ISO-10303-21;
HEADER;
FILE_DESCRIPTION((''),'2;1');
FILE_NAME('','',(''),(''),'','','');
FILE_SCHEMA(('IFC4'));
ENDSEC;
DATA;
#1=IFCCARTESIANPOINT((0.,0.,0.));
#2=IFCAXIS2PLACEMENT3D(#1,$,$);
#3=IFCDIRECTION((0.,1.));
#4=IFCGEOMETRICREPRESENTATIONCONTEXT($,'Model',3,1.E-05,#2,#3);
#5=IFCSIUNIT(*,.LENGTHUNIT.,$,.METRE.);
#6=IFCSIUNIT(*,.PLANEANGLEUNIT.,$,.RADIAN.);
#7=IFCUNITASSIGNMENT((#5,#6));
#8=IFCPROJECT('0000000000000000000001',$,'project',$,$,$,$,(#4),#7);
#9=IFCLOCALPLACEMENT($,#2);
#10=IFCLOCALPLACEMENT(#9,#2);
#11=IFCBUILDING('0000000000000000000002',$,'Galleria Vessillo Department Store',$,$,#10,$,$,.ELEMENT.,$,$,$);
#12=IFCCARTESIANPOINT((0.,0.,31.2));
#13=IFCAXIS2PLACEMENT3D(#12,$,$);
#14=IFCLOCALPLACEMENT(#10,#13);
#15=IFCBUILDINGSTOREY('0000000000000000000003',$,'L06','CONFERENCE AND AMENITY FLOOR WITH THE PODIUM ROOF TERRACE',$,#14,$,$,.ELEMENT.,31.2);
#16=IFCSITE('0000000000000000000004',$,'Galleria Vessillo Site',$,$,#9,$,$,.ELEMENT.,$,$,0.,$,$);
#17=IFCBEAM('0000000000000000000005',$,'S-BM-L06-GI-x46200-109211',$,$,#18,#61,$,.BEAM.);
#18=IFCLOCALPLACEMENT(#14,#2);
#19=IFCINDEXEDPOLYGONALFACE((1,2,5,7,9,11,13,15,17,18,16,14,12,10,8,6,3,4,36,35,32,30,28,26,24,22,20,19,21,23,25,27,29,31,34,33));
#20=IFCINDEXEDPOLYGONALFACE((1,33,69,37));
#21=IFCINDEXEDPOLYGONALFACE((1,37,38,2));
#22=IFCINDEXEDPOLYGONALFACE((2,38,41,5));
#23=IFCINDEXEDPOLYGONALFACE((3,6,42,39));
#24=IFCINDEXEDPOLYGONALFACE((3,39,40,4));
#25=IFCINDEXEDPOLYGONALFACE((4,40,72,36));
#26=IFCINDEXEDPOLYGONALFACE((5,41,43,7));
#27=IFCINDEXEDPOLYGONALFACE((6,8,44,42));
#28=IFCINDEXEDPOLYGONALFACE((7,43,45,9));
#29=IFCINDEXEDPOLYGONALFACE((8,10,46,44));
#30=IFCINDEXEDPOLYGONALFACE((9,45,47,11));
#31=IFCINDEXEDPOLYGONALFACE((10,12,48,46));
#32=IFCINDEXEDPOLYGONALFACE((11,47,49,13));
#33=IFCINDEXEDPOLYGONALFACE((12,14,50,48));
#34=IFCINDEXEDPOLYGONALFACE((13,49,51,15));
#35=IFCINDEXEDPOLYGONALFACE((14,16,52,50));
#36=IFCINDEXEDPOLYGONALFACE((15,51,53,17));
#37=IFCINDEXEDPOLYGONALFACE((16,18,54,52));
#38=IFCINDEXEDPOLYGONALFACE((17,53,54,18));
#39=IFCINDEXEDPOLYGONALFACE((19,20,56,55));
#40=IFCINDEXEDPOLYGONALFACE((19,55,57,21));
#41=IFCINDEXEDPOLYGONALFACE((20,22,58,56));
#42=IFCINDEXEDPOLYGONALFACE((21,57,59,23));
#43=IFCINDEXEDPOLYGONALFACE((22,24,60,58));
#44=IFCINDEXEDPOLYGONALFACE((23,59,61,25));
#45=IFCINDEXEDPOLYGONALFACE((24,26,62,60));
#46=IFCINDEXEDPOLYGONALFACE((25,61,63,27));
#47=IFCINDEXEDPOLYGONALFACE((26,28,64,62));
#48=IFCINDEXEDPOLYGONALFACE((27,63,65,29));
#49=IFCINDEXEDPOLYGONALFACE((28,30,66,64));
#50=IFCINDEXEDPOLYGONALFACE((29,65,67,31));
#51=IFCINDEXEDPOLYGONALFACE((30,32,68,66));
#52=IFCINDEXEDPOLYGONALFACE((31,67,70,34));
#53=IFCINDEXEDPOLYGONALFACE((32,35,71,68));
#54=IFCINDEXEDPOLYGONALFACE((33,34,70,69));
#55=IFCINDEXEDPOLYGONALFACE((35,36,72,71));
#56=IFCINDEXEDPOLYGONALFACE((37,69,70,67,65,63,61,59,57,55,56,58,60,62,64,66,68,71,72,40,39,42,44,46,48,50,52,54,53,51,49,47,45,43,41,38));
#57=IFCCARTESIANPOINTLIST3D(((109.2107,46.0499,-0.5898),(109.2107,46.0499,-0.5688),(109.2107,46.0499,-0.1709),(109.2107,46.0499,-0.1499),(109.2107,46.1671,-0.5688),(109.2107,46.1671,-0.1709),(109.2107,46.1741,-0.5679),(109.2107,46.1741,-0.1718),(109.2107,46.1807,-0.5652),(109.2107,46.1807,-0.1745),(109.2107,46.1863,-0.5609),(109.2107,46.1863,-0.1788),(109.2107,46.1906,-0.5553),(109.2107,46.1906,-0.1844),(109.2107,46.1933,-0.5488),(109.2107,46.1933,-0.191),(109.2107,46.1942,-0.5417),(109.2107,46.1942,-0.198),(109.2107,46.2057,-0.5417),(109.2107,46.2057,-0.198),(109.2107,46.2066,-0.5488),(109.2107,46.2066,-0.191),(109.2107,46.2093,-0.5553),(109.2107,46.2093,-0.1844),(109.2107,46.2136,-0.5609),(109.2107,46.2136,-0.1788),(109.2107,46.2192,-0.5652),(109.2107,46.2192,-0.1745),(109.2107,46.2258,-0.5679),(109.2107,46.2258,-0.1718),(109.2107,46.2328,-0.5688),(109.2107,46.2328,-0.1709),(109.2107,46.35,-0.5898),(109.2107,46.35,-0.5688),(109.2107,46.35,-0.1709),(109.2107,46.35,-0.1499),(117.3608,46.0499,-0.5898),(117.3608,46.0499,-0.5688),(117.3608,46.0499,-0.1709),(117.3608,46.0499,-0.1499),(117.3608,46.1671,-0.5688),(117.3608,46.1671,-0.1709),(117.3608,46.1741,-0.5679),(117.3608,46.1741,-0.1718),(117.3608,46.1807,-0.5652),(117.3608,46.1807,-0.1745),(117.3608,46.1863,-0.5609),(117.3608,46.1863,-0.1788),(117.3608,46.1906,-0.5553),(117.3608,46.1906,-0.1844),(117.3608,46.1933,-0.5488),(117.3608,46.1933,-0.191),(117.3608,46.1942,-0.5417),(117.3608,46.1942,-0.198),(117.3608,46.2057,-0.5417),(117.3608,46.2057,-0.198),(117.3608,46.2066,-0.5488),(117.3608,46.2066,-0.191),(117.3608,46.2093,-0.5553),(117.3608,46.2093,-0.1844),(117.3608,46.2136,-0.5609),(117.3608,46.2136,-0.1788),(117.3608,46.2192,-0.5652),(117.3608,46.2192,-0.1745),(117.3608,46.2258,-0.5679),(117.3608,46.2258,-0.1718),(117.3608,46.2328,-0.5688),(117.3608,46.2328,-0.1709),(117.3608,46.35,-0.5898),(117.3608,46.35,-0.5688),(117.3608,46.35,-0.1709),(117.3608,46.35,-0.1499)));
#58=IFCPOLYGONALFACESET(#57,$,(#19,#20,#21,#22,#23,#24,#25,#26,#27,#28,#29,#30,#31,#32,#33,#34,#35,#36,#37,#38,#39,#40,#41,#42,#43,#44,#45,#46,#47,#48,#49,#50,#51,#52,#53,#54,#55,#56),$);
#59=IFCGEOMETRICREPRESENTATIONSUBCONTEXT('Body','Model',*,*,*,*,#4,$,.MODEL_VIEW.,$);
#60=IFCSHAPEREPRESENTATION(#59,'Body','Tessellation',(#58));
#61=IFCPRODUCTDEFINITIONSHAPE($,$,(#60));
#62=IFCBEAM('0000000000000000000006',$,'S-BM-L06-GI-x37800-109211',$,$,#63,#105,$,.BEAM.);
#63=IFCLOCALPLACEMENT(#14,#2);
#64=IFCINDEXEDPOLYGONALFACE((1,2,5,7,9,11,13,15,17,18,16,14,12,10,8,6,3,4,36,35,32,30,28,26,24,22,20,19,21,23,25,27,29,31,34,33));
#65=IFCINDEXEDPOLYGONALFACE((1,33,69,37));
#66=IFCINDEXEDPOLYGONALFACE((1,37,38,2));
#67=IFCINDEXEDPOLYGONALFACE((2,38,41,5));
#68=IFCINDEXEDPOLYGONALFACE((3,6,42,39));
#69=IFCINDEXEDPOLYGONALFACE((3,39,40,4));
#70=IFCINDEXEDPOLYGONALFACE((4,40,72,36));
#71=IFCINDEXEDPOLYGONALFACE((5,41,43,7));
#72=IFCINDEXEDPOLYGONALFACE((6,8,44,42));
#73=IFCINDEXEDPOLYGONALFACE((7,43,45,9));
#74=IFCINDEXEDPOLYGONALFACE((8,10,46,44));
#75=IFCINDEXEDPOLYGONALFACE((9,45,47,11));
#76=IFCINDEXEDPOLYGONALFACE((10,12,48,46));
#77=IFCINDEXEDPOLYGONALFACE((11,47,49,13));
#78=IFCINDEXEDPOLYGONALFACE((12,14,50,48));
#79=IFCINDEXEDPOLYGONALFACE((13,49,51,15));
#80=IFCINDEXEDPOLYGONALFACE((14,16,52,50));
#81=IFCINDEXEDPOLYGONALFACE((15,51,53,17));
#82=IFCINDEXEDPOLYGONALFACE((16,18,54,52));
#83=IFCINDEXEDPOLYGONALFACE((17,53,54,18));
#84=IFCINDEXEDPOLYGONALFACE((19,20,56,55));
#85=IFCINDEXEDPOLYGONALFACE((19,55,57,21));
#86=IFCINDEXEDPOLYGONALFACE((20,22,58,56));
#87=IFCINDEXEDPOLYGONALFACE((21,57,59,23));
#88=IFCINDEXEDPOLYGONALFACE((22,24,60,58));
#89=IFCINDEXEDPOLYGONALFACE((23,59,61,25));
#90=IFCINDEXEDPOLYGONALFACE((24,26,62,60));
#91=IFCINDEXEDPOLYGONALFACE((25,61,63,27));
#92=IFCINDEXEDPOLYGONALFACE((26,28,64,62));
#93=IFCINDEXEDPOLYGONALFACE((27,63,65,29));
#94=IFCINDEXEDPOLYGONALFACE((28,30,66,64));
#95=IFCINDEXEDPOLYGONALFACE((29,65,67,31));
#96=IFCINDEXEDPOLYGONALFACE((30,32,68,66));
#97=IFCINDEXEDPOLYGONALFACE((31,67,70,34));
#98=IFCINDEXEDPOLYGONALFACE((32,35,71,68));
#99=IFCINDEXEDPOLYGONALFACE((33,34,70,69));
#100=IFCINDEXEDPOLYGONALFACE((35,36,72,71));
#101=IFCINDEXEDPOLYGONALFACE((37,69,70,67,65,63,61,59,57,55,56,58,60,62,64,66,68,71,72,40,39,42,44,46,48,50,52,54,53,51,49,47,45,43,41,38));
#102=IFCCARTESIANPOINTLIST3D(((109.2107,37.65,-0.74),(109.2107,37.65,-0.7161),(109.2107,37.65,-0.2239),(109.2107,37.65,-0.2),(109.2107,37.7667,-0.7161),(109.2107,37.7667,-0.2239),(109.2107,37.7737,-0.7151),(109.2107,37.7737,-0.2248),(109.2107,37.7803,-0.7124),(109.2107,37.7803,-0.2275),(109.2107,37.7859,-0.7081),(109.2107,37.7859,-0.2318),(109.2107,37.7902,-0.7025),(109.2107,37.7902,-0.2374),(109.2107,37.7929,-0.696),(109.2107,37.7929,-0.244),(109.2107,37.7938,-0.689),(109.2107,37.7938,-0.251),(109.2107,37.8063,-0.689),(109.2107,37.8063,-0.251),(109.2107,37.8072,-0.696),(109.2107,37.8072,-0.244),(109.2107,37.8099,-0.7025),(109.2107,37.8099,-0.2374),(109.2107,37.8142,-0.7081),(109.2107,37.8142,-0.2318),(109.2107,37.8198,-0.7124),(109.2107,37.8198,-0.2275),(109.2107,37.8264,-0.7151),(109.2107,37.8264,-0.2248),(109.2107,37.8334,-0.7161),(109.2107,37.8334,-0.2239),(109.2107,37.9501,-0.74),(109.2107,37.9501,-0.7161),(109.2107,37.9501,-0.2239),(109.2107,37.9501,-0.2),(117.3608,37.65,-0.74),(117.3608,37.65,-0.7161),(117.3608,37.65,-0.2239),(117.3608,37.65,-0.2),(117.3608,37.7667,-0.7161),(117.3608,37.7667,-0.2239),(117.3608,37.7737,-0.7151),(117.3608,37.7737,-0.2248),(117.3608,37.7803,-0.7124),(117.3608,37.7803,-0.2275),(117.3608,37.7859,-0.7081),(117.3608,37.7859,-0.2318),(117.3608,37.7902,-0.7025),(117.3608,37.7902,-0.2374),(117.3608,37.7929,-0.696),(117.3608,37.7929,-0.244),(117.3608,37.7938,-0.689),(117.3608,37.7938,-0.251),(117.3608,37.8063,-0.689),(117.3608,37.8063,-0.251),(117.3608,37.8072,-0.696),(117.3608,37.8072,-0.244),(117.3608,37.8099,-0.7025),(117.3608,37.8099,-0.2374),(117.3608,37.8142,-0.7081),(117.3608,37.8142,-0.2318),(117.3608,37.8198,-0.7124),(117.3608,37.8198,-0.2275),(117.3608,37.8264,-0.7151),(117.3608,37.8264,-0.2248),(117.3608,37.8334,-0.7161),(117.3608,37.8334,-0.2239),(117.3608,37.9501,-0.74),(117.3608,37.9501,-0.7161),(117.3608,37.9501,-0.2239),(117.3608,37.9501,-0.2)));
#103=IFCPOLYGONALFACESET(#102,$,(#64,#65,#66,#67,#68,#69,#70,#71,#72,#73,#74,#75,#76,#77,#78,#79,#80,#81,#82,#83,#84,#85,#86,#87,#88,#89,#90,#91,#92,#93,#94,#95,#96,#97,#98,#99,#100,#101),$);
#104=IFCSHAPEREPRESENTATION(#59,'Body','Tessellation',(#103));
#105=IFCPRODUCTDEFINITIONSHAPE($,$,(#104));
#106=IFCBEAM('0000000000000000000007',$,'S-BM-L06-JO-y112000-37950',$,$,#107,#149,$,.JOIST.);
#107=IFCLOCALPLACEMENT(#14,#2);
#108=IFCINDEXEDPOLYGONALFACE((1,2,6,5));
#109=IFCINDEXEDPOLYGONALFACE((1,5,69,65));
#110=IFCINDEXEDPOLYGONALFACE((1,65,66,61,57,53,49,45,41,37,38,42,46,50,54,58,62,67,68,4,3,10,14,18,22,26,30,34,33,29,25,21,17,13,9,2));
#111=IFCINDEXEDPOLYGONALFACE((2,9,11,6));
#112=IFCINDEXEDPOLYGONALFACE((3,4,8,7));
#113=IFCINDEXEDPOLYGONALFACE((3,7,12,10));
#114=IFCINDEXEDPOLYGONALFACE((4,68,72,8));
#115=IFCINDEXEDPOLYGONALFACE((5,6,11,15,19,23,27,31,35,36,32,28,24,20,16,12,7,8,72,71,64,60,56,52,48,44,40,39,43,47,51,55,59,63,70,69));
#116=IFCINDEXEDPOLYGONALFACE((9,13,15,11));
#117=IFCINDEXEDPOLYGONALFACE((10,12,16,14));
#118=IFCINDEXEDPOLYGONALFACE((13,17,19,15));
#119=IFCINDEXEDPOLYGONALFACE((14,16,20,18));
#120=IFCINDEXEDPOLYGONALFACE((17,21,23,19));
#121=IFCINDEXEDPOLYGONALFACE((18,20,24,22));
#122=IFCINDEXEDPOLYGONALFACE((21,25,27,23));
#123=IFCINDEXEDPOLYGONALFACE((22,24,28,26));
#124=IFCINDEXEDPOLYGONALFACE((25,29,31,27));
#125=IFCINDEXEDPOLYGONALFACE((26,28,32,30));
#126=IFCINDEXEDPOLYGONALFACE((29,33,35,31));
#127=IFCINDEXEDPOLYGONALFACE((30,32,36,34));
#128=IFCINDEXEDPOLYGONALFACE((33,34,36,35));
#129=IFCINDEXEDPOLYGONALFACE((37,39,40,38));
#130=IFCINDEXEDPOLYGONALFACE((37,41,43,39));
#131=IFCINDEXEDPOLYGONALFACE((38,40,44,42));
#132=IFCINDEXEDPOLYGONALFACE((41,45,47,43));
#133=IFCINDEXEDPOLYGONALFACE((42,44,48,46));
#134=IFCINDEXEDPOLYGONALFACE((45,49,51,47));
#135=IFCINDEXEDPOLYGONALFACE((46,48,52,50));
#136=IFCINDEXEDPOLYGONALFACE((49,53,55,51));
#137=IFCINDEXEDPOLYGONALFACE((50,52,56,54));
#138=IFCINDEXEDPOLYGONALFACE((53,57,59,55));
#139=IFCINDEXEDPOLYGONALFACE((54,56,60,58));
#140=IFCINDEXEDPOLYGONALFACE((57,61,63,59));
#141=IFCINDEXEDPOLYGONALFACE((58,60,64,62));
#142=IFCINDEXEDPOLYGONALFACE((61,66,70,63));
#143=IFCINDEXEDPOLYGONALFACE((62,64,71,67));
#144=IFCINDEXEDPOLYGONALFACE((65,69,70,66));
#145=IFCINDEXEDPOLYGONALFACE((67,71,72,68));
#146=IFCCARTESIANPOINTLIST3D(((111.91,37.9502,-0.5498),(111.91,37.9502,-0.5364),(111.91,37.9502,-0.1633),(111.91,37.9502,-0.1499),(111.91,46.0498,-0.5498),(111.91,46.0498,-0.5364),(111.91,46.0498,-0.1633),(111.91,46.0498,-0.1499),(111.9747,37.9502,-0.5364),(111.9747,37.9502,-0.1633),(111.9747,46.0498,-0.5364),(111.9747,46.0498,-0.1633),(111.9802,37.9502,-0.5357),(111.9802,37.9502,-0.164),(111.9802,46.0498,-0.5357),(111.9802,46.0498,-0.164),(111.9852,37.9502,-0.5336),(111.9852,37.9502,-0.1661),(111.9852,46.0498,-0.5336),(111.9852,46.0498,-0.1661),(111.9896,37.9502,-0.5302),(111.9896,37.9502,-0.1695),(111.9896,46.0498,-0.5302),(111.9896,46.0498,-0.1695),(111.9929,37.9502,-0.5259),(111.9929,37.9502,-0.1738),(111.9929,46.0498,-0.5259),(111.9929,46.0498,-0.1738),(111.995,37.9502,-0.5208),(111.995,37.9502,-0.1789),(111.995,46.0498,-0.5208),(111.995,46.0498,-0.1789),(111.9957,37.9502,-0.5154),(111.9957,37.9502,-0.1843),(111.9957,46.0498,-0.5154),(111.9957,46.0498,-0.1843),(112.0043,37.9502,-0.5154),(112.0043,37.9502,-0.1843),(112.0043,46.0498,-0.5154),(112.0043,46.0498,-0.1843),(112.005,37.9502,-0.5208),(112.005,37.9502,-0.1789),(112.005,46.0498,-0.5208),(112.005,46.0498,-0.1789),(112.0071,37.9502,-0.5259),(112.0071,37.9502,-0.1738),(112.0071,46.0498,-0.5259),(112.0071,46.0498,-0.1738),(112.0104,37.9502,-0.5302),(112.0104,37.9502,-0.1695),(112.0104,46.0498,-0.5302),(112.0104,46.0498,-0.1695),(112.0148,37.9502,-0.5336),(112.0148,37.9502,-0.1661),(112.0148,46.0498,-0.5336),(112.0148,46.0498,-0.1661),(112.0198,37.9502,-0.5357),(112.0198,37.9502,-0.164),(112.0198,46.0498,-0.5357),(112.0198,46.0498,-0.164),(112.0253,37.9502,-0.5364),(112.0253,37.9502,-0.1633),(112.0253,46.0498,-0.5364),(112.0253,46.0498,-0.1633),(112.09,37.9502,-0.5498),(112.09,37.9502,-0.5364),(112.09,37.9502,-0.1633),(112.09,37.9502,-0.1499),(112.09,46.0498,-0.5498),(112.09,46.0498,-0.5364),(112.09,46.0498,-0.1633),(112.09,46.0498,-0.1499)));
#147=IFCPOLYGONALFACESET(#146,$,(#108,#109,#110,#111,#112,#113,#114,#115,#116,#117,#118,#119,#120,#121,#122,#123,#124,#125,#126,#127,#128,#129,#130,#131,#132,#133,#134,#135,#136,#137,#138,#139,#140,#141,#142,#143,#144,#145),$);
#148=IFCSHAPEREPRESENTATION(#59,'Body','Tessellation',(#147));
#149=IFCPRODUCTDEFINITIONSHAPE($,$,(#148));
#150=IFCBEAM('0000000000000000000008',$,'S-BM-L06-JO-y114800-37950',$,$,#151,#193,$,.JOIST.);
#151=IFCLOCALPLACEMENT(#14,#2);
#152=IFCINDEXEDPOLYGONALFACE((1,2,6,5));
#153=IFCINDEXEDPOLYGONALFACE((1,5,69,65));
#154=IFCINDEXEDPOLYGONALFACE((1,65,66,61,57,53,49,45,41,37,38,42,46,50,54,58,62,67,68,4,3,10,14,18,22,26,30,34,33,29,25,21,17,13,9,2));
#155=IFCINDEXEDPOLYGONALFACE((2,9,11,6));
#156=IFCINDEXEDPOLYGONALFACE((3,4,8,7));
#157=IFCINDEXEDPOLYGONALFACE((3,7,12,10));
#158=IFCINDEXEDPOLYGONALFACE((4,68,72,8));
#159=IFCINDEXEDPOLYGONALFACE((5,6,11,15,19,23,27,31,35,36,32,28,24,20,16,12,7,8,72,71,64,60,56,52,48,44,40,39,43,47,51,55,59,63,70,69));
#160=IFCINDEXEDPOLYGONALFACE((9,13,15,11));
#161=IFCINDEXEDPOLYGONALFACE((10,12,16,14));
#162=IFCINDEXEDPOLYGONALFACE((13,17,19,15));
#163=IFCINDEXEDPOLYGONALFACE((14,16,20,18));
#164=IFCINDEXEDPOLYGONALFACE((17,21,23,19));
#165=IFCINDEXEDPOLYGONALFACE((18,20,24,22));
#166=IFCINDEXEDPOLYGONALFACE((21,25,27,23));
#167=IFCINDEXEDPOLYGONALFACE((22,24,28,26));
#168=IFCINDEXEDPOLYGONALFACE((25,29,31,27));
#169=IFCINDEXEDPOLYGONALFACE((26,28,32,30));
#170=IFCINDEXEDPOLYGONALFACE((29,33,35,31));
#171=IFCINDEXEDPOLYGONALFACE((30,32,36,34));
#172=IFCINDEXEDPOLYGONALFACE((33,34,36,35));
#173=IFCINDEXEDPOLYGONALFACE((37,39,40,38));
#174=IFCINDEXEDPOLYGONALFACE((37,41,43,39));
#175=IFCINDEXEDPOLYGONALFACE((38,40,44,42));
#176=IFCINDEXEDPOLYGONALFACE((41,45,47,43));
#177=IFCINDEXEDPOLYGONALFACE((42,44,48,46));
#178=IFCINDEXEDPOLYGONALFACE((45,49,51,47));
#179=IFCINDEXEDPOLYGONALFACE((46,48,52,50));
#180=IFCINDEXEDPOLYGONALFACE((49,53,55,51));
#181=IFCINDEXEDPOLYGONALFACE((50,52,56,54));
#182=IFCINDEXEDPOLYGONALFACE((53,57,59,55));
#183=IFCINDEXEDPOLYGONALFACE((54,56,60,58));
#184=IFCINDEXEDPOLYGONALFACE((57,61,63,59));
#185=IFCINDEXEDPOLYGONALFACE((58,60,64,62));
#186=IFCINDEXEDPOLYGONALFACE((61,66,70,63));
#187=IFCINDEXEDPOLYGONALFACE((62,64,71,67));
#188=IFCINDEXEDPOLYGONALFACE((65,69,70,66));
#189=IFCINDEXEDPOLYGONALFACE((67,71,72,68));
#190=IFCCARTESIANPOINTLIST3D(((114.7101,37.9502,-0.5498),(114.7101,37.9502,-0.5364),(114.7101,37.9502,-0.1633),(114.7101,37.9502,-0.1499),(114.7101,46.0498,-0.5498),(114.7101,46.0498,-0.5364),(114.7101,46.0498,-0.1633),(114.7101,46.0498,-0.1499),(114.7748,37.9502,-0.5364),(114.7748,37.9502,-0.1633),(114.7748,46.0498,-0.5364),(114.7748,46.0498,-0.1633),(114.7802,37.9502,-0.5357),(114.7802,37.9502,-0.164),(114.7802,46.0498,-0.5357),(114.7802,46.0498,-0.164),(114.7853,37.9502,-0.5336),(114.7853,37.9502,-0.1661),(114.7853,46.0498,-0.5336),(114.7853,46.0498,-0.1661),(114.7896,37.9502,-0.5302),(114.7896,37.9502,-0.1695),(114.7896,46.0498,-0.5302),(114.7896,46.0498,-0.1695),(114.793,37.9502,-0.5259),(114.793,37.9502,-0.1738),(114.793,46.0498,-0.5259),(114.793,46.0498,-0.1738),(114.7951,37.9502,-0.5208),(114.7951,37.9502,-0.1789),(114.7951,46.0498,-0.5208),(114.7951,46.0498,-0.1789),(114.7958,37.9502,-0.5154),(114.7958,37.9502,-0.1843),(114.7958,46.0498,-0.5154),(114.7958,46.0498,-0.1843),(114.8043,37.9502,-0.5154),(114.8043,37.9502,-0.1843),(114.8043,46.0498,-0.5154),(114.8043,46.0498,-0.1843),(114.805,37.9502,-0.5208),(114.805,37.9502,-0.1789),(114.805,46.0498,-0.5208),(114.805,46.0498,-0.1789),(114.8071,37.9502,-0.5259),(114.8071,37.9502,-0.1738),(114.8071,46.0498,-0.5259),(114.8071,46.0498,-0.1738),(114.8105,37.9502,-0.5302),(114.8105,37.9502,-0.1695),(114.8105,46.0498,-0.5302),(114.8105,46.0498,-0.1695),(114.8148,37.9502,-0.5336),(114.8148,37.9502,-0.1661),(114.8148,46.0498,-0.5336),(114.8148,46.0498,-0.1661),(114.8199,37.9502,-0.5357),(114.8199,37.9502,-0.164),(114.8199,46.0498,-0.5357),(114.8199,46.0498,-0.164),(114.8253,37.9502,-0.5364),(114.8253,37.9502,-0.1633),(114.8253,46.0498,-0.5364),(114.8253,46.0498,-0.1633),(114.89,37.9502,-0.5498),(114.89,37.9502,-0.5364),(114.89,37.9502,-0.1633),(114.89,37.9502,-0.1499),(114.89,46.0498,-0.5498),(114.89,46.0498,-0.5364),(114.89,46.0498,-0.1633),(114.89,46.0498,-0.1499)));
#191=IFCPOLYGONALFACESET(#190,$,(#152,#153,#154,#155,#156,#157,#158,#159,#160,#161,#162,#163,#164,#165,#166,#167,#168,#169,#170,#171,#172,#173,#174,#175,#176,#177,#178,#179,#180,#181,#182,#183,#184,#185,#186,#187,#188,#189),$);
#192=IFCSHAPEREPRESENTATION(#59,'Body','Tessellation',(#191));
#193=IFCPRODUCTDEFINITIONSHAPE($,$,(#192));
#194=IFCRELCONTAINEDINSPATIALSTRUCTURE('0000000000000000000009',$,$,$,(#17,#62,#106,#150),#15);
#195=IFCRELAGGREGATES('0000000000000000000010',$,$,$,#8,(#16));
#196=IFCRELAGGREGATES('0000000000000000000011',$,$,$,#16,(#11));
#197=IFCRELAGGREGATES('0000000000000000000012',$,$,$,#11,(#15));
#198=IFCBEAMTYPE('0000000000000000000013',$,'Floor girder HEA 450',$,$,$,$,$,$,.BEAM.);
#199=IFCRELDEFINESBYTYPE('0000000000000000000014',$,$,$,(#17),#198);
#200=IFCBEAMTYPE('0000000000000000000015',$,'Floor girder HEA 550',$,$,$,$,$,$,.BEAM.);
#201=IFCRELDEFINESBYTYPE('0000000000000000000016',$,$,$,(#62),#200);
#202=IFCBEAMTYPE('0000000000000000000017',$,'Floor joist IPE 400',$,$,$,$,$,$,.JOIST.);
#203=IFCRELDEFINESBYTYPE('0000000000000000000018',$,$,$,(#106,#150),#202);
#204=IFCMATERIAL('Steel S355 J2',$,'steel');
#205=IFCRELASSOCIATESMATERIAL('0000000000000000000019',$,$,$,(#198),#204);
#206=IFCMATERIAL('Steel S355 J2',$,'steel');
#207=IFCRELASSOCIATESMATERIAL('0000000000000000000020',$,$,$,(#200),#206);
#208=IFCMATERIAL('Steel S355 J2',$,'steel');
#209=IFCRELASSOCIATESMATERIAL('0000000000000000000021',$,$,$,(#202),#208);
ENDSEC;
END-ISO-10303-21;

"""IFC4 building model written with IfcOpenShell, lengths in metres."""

from ifc_helpers import new_model, si_unit, direction, frame, origin, origin_2d, place, context, subcontext, project, spatial, i_section, extrude, material, material_profile, profile_set, type_object, element, save


model = new_model("IFC4")

# Units and contexts
model_context = context("Model", 3, precision=1e-05, world=origin(), true_north=direction((0.0, 1.0)))
body_context = subcontext(model_context, "Body", "Model", "MODEL_VIEW")
ifc_project = project(units=[si_unit("LENGTHUNIT", "METRE"), si_unit("PLANEANGLEUNIT", "RADIAN")], contexts=[model_context])

# Site, building, storey
site_placement = place(None, origin())
site = spatial("IfcSite", under=ifc_project, at=site_placement, Name="Galleria Vessillo Site", CompositionType="ELEMENT", RefElevation=0.0)
building_placement = place(site_placement, origin())
building = spatial("IfcBuilding", under=site, at=building_placement, Name="Galleria Vessillo Department Store", CompositionType="ELEMENT")
storey_placement = place(building_placement, frame((0.0, 0.0, 31.2)))
storey = spatial("IfcBuildingStorey", under=building, at=storey_placement, Name="L06", Description="CONFERENCE AND AMENITY FLOOR WITH THE PODIUM ROOF TERRACE", CompositionType="ELEMENT", Elevation=31.2)

# Beams
ifc_material_1 = material(Name="Steel S355 J2", Category="steel")
ifc_material_profile_1 = material_profile(ifc_material_1, i_section(OverallWidth=0.3, OverallDepth=0.4399, WebThickness=0.0115, FlangeThickness=0.021, FilletRadius=0.0271, at=origin_2d()), Name="HEA 450")
ifc_profile_set_1 = profile_set([ifc_material_profile_1], Name="Steel S355 J2")
beam_type_1 = type_object("IfcBeamType", Name="Floor girder HEA 450", PredefinedType="BEAM", material=ifc_profile_set_1)
beam_1_placement = place(storey_placement, frame((109.2107, 46.2, -0.3699), z_axis=(1.0, 0.0, 0.0), x_axis=(0.0, 1.0, 0.0)))
element("IfcBeam", 1, at=beam_1_placement, inside=storey, type_object=beam_type_1, Name="S-BM-L06-GI-x46200-109211", PredefinedType="BEAM", context=body_context, shape_type="SweptSolid", body=[
    extrude(i_section(OverallWidth=0.3, OverallDepth=0.4399, WebThickness=0.0115, FlangeThickness=0.021, FilletRadius=0.0271, at=origin_2d()), origin(), (0.0, 0.0, 1.0), 8.1501),
])
ifc_material_2 = material(Name="Steel S355 J2", Category="steel")
ifc_material_profile_2 = material_profile(ifc_material_2, i_section(OverallWidth=0.3, OverallDepth=0.54, WebThickness=0.0125, FlangeThickness=0.0239, FilletRadius=0.0271, at=origin_2d()), Name="HEA 550")
ifc_profile_set_2 = profile_set([ifc_material_profile_2], Name="Steel S355 J2")
beam_type_2 = type_object("IfcBeamType", Name="Floor girder HEA 550", PredefinedType="BEAM", material=ifc_profile_set_2)
beam_2_placement = place(storey_placement, frame((109.2107, 37.8, -0.47), z_axis=(1.0, 0.0, 0.0), x_axis=(0.0, 1.0, 0.0)))
element("IfcBeam", 2, at=beam_2_placement, inside=storey, type_object=beam_type_2, Name="S-BM-L06-GI-x37800-109211", PredefinedType="BEAM", context=body_context, shape_type="SweptSolid", body=[
    extrude(i_section(OverallWidth=0.3, OverallDepth=0.54, WebThickness=0.0125, FlangeThickness=0.0239, FilletRadius=0.0271, at=origin_2d()), origin(), (0.0, 0.0, 1.0), 8.1501),
])
ifc_material_3 = material(Name="Steel S355 J2", Category="steel")
ifc_material_profile_3 = material_profile(ifc_material_3, i_section(OverallWidth=0.1799, OverallDepth=0.3999, WebThickness=0.0085, FlangeThickness=0.0134, FilletRadius=0.021, at=origin_2d()), Name="IPE 400")
ifc_profile_set_3 = profile_set([ifc_material_profile_3], Name="Steel S355 J2")
beam_type_3 = type_object("IfcBeamType", Name="Floor joist IPE 400", PredefinedType="JOIST", material=ifc_profile_set_3)
for number, where, z_axis, x_axis, name in (
    (3, (112.0, 37.9502, -0.3499), (0.0, 1.0, 0.0), (-1.0, 0.0, 0.0), "S-BM-L06-JO-y112000-37950"),
    (4, (114.8, 37.9502, -0.3499), (0.0, 1.0, 0.0), (-1.0, 0.0, 0.0), "S-BM-L06-JO-y114800-37950"),
):
    element("IfcBeam", number, at=place(storey_placement, frame(where, z_axis=z_axis, x_axis=x_axis)), inside=storey, type_object=beam_type_3, Name=name, PredefinedType="JOIST", context=body_context, shape_type="SweptSolid", body=[
        extrude(i_section(OverallWidth=0.1799, OverallDepth=0.3999, WebThickness=0.0085, FlangeThickness=0.0134, FilletRadius=0.021, at=origin_2d()), origin(), (0.0, 0.0, 1.0), 8.0996),
    ])

save(model, "model.ifc")
